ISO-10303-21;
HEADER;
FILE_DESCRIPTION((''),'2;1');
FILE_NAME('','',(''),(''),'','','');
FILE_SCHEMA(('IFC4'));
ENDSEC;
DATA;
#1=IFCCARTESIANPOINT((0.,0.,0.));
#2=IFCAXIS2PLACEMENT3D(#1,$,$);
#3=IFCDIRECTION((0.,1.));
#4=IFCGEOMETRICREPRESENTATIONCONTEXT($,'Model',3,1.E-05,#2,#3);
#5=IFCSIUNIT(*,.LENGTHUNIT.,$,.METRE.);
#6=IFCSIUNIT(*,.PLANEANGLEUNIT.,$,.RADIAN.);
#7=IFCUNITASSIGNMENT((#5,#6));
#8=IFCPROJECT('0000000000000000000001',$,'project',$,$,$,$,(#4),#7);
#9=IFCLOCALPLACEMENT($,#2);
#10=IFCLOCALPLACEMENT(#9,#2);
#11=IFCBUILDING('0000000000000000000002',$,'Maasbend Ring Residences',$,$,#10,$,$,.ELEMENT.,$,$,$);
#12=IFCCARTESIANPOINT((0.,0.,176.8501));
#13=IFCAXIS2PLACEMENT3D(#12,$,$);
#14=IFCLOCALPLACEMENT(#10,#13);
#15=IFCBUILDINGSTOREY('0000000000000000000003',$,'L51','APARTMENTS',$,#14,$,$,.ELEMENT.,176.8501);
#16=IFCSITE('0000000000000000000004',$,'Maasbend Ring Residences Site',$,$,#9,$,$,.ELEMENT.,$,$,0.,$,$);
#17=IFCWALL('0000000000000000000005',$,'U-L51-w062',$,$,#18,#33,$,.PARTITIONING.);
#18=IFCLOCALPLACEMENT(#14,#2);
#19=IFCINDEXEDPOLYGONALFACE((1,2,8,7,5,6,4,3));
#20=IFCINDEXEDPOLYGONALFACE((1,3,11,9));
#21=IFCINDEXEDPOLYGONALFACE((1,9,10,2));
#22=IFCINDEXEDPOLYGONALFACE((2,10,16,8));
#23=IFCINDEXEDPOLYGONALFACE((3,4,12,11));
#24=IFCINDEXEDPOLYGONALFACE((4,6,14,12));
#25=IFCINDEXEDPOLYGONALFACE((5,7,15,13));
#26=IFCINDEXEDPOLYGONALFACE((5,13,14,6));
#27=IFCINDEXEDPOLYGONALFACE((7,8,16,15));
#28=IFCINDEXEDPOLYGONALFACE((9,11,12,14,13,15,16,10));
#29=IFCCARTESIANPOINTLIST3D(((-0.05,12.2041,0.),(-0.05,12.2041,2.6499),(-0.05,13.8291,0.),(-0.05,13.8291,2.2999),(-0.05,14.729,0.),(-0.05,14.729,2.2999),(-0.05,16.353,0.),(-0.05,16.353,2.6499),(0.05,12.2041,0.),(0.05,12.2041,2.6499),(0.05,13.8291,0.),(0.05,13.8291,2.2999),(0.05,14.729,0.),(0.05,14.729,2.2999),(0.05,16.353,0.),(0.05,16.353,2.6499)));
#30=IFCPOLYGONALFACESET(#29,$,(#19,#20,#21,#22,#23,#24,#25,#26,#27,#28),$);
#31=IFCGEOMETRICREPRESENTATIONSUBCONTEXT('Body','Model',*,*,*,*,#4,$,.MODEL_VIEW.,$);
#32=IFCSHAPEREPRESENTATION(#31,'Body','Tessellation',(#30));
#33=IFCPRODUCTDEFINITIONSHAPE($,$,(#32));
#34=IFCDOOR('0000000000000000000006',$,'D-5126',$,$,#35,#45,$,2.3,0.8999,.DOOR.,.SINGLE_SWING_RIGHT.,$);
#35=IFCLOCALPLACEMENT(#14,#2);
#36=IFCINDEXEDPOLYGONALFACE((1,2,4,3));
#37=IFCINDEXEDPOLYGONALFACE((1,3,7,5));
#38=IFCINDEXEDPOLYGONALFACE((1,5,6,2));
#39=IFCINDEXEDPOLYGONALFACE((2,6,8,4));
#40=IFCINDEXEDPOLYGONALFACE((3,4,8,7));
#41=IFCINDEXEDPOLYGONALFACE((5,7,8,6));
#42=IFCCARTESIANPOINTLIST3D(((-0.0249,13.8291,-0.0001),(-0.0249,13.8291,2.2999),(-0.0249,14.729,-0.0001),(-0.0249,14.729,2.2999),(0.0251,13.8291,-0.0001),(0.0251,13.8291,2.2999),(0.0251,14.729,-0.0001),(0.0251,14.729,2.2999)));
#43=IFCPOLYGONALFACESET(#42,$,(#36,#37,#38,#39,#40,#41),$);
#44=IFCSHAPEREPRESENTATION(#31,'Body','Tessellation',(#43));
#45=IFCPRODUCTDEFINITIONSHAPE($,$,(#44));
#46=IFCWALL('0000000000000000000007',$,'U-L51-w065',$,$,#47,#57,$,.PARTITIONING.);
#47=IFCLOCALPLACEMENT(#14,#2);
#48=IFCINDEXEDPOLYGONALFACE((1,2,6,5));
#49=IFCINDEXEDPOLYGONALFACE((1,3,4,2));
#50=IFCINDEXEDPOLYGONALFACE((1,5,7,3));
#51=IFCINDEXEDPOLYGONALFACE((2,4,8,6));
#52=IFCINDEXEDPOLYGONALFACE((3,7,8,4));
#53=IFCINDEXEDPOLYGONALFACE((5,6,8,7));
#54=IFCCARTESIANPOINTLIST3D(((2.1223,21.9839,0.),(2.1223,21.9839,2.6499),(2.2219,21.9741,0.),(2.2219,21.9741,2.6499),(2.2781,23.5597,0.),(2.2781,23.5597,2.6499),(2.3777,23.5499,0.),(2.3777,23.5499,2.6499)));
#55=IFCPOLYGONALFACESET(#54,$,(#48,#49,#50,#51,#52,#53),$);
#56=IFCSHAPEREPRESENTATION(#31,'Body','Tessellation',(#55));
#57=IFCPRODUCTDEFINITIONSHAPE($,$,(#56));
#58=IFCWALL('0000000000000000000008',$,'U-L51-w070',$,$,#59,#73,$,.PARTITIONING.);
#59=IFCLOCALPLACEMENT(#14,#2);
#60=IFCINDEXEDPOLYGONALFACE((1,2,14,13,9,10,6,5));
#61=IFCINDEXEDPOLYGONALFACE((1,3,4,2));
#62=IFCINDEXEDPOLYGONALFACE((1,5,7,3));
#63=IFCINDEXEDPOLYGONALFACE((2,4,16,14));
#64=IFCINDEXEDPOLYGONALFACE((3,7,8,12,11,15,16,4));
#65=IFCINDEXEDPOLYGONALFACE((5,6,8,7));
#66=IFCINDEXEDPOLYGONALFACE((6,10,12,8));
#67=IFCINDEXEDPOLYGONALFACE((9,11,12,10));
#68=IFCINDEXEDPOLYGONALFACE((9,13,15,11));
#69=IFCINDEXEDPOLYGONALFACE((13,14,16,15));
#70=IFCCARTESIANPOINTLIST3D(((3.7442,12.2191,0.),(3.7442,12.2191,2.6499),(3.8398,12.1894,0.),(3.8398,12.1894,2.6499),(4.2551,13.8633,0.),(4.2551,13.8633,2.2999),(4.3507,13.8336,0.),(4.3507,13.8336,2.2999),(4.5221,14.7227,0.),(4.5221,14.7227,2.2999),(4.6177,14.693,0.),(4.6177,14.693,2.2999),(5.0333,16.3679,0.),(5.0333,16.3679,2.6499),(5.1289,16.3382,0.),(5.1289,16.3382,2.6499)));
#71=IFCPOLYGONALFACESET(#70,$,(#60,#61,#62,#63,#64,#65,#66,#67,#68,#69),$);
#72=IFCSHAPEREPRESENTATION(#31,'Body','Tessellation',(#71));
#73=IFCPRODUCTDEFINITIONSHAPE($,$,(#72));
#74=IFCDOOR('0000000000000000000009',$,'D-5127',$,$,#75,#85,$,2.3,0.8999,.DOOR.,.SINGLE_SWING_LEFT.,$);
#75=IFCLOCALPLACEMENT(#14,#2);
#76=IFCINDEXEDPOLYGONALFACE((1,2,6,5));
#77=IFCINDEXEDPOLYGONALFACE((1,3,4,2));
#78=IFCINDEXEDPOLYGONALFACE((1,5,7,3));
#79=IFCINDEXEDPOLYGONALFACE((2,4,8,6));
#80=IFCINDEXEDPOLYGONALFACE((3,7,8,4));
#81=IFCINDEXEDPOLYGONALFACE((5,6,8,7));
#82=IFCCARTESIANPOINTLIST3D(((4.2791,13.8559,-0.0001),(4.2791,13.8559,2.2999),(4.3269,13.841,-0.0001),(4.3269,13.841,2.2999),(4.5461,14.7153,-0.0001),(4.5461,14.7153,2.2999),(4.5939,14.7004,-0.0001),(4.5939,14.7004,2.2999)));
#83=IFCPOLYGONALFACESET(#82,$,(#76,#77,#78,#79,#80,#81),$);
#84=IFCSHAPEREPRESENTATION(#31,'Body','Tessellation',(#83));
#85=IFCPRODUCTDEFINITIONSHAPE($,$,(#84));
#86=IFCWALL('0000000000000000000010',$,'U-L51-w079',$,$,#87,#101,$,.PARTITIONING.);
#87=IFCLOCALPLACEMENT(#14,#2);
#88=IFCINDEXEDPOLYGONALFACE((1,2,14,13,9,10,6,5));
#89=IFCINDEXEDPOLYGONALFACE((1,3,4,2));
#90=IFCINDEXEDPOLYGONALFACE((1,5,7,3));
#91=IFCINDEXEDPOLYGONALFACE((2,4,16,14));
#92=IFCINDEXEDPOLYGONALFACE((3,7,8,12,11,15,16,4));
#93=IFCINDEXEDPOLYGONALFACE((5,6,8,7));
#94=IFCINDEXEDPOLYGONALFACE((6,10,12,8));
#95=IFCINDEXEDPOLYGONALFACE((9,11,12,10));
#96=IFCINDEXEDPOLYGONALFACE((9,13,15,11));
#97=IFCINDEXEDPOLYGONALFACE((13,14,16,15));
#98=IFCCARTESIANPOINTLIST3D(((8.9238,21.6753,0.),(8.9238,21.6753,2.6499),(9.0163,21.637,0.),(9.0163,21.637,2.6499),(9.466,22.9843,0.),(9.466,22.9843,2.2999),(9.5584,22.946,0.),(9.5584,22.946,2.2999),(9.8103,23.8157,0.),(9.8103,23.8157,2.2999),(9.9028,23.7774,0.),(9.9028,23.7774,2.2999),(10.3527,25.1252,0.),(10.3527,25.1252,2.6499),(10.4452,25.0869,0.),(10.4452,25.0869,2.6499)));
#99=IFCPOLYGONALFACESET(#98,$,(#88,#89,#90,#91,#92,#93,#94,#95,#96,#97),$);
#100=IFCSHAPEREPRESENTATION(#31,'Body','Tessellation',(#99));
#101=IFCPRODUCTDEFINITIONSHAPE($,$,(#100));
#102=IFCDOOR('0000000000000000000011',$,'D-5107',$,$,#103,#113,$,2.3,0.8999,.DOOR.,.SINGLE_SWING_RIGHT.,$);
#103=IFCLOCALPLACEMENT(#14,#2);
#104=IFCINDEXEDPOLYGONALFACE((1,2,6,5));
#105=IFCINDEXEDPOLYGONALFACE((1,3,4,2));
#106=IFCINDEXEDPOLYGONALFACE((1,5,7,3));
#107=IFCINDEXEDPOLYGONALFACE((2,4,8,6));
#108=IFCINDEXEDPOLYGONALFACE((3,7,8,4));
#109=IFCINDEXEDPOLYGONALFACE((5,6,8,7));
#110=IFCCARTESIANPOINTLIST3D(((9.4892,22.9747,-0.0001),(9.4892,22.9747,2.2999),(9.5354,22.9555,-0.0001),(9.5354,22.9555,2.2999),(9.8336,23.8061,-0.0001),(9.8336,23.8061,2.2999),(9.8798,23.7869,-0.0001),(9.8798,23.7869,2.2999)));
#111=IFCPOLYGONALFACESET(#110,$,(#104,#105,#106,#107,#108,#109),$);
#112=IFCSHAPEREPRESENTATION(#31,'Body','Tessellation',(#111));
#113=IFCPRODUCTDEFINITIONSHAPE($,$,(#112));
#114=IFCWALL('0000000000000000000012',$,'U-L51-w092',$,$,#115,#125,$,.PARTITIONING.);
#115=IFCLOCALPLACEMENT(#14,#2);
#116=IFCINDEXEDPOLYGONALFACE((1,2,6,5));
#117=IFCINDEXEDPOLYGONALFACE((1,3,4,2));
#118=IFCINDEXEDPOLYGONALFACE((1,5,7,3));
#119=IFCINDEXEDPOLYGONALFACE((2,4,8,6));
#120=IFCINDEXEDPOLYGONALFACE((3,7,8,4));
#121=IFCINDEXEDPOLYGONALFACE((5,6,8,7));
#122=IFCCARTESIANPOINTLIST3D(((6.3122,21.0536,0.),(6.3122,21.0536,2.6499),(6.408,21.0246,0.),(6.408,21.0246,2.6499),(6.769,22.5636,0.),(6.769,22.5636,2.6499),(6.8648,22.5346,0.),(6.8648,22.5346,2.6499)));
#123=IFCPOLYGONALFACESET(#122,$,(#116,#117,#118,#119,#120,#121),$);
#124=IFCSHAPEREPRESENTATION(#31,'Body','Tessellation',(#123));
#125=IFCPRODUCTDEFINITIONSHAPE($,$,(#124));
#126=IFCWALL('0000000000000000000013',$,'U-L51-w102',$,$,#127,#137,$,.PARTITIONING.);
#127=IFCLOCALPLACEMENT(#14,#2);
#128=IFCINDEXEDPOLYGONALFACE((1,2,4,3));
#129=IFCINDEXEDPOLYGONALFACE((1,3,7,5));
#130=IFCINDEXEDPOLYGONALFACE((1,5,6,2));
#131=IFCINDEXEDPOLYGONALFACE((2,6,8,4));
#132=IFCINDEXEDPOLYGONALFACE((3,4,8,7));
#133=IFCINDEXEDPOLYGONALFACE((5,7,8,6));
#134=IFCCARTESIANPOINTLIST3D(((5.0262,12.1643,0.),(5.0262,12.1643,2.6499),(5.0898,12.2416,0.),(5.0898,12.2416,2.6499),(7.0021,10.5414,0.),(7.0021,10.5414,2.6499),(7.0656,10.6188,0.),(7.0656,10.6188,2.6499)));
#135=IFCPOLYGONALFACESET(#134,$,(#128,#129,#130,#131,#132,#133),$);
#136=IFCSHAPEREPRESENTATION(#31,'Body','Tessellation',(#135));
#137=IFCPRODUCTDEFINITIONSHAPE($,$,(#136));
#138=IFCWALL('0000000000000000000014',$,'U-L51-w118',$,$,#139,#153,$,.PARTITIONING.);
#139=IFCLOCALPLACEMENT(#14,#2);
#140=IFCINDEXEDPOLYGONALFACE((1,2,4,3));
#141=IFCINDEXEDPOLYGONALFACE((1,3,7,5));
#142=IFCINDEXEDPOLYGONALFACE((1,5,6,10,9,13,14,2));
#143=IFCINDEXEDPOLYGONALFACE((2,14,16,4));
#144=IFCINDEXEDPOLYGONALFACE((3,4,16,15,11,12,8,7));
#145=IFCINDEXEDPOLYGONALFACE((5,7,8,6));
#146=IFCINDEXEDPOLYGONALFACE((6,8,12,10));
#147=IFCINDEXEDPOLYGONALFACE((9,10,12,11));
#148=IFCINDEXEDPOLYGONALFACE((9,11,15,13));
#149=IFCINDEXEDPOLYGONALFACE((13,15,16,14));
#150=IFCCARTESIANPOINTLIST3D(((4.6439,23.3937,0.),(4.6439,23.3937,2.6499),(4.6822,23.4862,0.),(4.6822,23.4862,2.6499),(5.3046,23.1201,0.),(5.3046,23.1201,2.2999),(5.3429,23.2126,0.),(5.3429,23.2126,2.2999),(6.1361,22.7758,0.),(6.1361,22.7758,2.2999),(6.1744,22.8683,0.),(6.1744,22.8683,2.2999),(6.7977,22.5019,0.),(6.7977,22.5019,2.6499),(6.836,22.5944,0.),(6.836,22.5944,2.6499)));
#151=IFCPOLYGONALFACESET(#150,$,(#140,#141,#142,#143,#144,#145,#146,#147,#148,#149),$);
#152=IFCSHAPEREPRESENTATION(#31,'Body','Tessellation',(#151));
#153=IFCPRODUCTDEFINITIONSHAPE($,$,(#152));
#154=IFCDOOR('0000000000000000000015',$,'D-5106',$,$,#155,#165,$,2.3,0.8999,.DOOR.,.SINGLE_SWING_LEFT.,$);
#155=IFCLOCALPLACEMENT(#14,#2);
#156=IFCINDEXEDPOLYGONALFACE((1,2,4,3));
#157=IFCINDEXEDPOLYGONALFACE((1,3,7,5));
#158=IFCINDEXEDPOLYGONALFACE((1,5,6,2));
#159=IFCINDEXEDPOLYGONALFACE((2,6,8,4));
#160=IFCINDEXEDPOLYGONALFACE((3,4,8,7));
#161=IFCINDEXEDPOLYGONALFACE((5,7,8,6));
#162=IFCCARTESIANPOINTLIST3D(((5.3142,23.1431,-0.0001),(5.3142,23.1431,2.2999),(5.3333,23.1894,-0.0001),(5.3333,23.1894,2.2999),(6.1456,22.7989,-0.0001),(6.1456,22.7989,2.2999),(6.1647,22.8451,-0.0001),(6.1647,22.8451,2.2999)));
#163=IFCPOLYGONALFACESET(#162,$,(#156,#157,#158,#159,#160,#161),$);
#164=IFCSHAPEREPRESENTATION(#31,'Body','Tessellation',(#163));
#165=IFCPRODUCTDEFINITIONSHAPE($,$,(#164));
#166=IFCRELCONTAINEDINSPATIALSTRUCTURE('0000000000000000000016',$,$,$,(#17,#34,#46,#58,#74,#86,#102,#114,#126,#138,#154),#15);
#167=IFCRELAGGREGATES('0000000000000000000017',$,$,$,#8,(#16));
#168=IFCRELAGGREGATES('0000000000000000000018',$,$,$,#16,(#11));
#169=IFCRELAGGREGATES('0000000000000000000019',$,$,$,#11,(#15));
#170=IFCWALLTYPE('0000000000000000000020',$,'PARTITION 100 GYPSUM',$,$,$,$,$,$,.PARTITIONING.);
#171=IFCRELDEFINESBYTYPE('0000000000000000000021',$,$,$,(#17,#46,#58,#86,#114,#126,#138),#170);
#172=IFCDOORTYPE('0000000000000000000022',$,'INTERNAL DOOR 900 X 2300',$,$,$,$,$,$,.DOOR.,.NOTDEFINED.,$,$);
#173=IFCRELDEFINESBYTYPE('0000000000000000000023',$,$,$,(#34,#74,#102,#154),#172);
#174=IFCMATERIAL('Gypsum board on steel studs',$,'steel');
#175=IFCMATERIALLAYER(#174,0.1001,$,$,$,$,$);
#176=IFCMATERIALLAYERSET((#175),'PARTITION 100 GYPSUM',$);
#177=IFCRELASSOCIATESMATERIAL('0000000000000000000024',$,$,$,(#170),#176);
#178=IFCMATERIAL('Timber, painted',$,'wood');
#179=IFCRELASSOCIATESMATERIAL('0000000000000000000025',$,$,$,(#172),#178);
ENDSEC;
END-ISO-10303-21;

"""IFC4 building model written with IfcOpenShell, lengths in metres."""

from ifc_helpers import new_model, si_unit, direction, frame, frame_2d, origin, place, context, subcontext, project, spatial, rectangle, extrude, material, layer, layer_set, type_object, element, fill, save


model = new_model("IFC4")

# Units and contexts
model_context = context("Model", 3, precision=1e-05, world=origin(), true_north=direction((0.0, 1.0)))
body_context = subcontext(model_context, "Body", "Model", "MODEL_VIEW")
ifc_project = project(units=[si_unit("LENGTHUNIT", "METRE"), si_unit("PLANEANGLEUNIT", "RADIAN")], contexts=[model_context])

# Site, building, storey
site_placement = place(None, origin())
site = spatial("IfcSite", under=ifc_project, at=site_placement, Name="Maasbend Ring Residences Site", CompositionType="ELEMENT", RefElevation=0.0)
building_placement = place(site_placement, origin())
building = spatial("IfcBuilding", under=site, at=building_placement, Name="Maasbend Ring Residences", CompositionType="ELEMENT")
storey_placement = place(building_placement, frame((0.0, 0.0, 176.8501)))
storey = spatial("IfcBuildingStorey", under=building, at=storey_placement, Name="L51", Description="APARTMENTS", CompositionType="ELEMENT", Elevation=176.8501)

# Wall, opening, door
ifc_material_1 = material(Name="Gypsum board on steel studs", Category="steel")
ifc_layer_1 = layer(ifc_material_1, 0.1001)
ifc_layer_set_1 = layer_set([ifc_layer_1], Name="PARTITION 100 GYPSUM")
wall_type_1 = type_object("IfcWallType", Name="PARTITION 100 GYPSUM", PredefinedType="PARTITIONING", material=ifc_layer_set_1)
wall_1_placement = place(storey_placement, frame((0.0, 12.2041, 0.0), z_axis=(0.0, 0.0, 1.0), x_axis=(0.0, 1.0, 0.0)))
wall_1 = element("IfcWall", 1, at=wall_1_placement, inside=storey, type_object=wall_type_1, Name="U-L51-w062", PredefinedType="PARTITIONING", context=body_context, shape_type="SweptSolid", body=[
    extrude(rectangle(XDim=4.1489, YDim=0.1001, at=frame_2d((2.0745, 0.0))), origin(), (0.0, 0.0, 1.0), 2.6499),
])
opening_1_placement = place(wall_1_placement, frame((1.625, 0.0, 0.0)))
opening_1 = element("IfcOpeningElement", 2, at=opening_1_placement, cuts=wall_1, PredefinedType="OPENING", context=body_context, shape_type="SweptSolid", body=[
    extrude(rectangle(XDim=0.8999, YDim=2.3, at=frame_2d((0.45, 1.1499))), frame((0.0, 0.0601, 0.0), z_axis=(0.0, -1.0, 0.0), x_axis=(1.0, 0.0, 0.0)), (0.0, 0.0, 1.0), 0.1201),
])
ifc_material_2 = material(Name="Timber, painted", Category="wood")
door_type_1 = type_object("IfcDoorType", Name="INTERNAL DOOR 900 X 2300", OperationType="NOTDEFINED", PredefinedType="DOOR", material=ifc_material_2)
door_1_placement = place(opening_1_placement, origin())
door_1 = element("IfcDoor", 3, at=door_1_placement, inside=storey, type_object=door_type_1, Name="D-5126", OperationType="SINGLE_SWING_RIGHT", OverallHeight=2.3, OverallWidth=0.8999, PredefinedType="DOOR", context=body_context, shape_type="SweptSolid", body=[
    extrude(rectangle(XDim=0.8999, YDim=2.3, at=frame_2d((0.45, 1.1499))), frame((0.0, 0.0249, 0.0), z_axis=(0.0, -1.0, 0.0), x_axis=(1.0, 0.0, 0.0)), (0.0, 0.0, 1.0), 0.05),
])
fill(opening_1, door_1)

# Wall
wall_2_placement = place(storey_placement, frame((2.1721, 21.979, 0.0), z_axis=(0.0, 0.0, 1.0), x_axis=(0.098359, 0.995151, 0.0)))
element("IfcWall", 4, at=wall_2_placement, inside=storey, type_object=wall_type_1, Name="U-L51-w065", PredefinedType="PARTITIONING", context=body_context, shape_type="SweptSolid", body=[
    extrude(rectangle(XDim=1.5835, YDim=0.1001, at=frame_2d((0.7917, 0.0))), origin(), (0.0, 0.0, 1.0), 2.6499),
])

# Walls, openings, doors
wall_3_placement = place(storey_placement, frame((3.792, 12.2041, 0.0), z_axis=(0.0, 0.0, 1.0), x_axis=(0.296707, 0.954969, 0.0)))
wall_3 = element("IfcWall", 5, at=wall_3_placement, inside=storey, type_object=wall_type_1, Name="U-L51-w070", PredefinedType="PARTITIONING", context=body_context, shape_type="SweptSolid", body=[
    extrude(rectangle(XDim=4.3445, YDim=0.1001, at=frame_2d((2.1724, 0.0))), origin(), (0.0, 0.0, 1.0), 2.6499),
])
opening_2_placement = place(wall_3_placement, frame((1.7219, 0.0, 0.0)))
opening_2 = element("IfcOpeningElement", 6, at=opening_2_placement, cuts=wall_3, PredefinedType="OPENING", context=body_context, shape_type="SweptSolid", body=[
    extrude(rectangle(XDim=0.8999, YDim=2.3, at=frame_2d((0.45, 1.1499))), frame((0.0, 0.0601, 0.0), z_axis=(0.0, -1.0, 0.0), x_axis=(1.0, 0.0, 0.0)), (0.0, 0.0, 1.0), 0.1201),
])
door_2_placement = place(opening_2_placement, origin())
door_2 = element("IfcDoor", 7, at=door_2_placement, inside=storey, type_object=door_type_1, Name="D-5127", OperationType="SINGLE_SWING_LEFT", OverallHeight=2.3, OverallWidth=0.8999, PredefinedType="DOOR", context=body_context, shape_type="SweptSolid", body=[
    extrude(rectangle(XDim=0.8999, YDim=2.3, at=frame_2d((0.45, 1.1499))), frame((0.0, 0.0249, 0.0), z_axis=(0.0, -1.0, 0.0), x_axis=(1.0, 0.0, 0.0)), (0.0, 0.0, 1.0), 0.05),
])
fill(opening_2, door_2)
wall_4_placement = place(storey_placement, frame((8.97, 21.656, 0.0), z_axis=(0.0, 0.0, 1.0), x_axis=(0.382669, 0.923885, 0.0)))
wall_4 = element("IfcWall", 8, at=wall_4_placement, inside=storey, type_object=wall_type_1, Name="U-L51-w079", PredefinedType="PARTITIONING", context=body_context, shape_type="SweptSolid", body=[
    extrude(rectangle(XDim=3.7341, YDim=0.1001, at=frame_2d((1.8672, 0.0))), origin(), (0.0, 0.0, 1.0), 2.6499),
])
opening_3_placement = place(wall_4_placement, frame((1.417, 0.0, 0.0)))
opening_3 = element("IfcOpeningElement", 9, at=opening_3_placement, cuts=wall_4, PredefinedType="OPENING", context=body_context, shape_type="SweptSolid", body=[
    extrude(rectangle(XDim=0.8999, YDim=2.3, at=frame_2d((0.45, 1.1499))), frame((0.0, 0.0601, 0.0), z_axis=(0.0, -1.0, 0.0), x_axis=(1.0, 0.0, 0.0)), (0.0, 0.0, 1.0), 0.1201),
])
door_3_placement = place(opening_3_placement, origin())
door_3 = element("IfcDoor", 10, at=door_3_placement, inside=storey, type_object=door_type_1, Name="D-5107", OperationType="SINGLE_SWING_RIGHT", OverallHeight=2.3, OverallWidth=0.8999, PredefinedType="DOOR", context=body_context, shape_type="SweptSolid", body=[
    extrude(rectangle(XDim=0.8999, YDim=2.3, at=frame_2d((0.45, 1.1499))), frame((0.0, 0.0249, 0.0), z_axis=(0.0, -1.0, 0.0), x_axis=(1.0, 0.0, 0.0)), (0.0, 0.0, 1.0), 0.05),
])
fill(opening_3, door_3)

# Walls
wall_5_placement = place(storey_placement, frame((6.3601, 21.0391, 0.0), z_axis=(0.0, 0.0, 1.0), x_axis=(0.289548, 0.957164, 0.0)))
element("IfcWall", 11, at=wall_5_placement, inside=storey, type_object=wall_type_1, Name="U-L51-w092", PredefinedType="PARTITIONING", context=body_context, shape_type="SweptSolid", body=[
    extrude(rectangle(XDim=1.5776, YDim=0.1001, at=frame_2d((0.7888, 0.0))), origin(), (0.0, 0.0, 1.0), 2.6499),
])
wall_6_placement = place(storey_placement, frame((5.0581, 12.2029, 0.0), z_axis=(0.0, 0.0, 1.0), x_axis=(0.772765, -0.634693, 0.0)))
element("IfcWall", 12, at=wall_6_placement, inside=storey, type_object=wall_type_1, Name="U-L51-w102", PredefinedType="PARTITIONING", context=body_context, shape_type="SweptSolid", body=[
    extrude(rectangle(XDim=2.5569, YDim=0.1001, at=frame_2d((1.2783, 0.0))), origin(), (0.0, 0.0, 1.0), 2.6499),
])

# Wall, opening, door
wall_7_placement = place(storey_placement, frame((4.6631, 23.4399, 0.0), z_axis=(0.0, 0.0, 1.0), x_axis=(0.923924, -0.382577, 0.0)))
wall_7 = element("IfcWall", 13, at=wall_7_placement, inside=storey, type_object=wall_type_1, Name="U-L51-w118", PredefinedType="PARTITIONING", context=body_context, shape_type="SweptSolid", body=[
    extrude(rectangle(XDim=2.3311, YDim=0.1001, at=frame_2d((1.1655, 0.0))), origin(), (0.0, 0.0, 1.0), 2.6499),
])
opening_4_placement = place(wall_7_placement, frame((0.7151, 0.0, 0.0)))
opening_4 = element("IfcOpeningElement", 14, at=opening_4_placement, cuts=wall_7, PredefinedType="OPENING", context=body_context, shape_type="SweptSolid", body=[
    extrude(rectangle(XDim=0.8999, YDim=2.3, at=frame_2d((0.45, 1.1499))), frame((0.0, 0.0601, 0.0), z_axis=(0.0, -1.0, 0.0), x_axis=(1.0, 0.0, 0.0)), (0.0, 0.0, 1.0), 0.1201),
])
door_4_placement = place(opening_4_placement, origin())
door_4 = element("IfcDoor", 15, at=door_4_placement, inside=storey, type_object=door_type_1, Name="D-5106", OperationType="SINGLE_SWING_LEFT", OverallHeight=2.3, OverallWidth=0.8999, PredefinedType="DOOR", context=body_context, shape_type="SweptSolid", body=[
    extrude(rectangle(XDim=0.8999, YDim=2.3, at=frame_2d((0.45, 1.1499))), frame((0.0, 0.0249, 0.0), z_axis=(0.0, -1.0, 0.0), x_axis=(1.0, 0.0, 0.0)), (0.0, 0.0, 1.0), 0.05),
])
fill(opening_4, door_4)

save(model, "model.ifc")
